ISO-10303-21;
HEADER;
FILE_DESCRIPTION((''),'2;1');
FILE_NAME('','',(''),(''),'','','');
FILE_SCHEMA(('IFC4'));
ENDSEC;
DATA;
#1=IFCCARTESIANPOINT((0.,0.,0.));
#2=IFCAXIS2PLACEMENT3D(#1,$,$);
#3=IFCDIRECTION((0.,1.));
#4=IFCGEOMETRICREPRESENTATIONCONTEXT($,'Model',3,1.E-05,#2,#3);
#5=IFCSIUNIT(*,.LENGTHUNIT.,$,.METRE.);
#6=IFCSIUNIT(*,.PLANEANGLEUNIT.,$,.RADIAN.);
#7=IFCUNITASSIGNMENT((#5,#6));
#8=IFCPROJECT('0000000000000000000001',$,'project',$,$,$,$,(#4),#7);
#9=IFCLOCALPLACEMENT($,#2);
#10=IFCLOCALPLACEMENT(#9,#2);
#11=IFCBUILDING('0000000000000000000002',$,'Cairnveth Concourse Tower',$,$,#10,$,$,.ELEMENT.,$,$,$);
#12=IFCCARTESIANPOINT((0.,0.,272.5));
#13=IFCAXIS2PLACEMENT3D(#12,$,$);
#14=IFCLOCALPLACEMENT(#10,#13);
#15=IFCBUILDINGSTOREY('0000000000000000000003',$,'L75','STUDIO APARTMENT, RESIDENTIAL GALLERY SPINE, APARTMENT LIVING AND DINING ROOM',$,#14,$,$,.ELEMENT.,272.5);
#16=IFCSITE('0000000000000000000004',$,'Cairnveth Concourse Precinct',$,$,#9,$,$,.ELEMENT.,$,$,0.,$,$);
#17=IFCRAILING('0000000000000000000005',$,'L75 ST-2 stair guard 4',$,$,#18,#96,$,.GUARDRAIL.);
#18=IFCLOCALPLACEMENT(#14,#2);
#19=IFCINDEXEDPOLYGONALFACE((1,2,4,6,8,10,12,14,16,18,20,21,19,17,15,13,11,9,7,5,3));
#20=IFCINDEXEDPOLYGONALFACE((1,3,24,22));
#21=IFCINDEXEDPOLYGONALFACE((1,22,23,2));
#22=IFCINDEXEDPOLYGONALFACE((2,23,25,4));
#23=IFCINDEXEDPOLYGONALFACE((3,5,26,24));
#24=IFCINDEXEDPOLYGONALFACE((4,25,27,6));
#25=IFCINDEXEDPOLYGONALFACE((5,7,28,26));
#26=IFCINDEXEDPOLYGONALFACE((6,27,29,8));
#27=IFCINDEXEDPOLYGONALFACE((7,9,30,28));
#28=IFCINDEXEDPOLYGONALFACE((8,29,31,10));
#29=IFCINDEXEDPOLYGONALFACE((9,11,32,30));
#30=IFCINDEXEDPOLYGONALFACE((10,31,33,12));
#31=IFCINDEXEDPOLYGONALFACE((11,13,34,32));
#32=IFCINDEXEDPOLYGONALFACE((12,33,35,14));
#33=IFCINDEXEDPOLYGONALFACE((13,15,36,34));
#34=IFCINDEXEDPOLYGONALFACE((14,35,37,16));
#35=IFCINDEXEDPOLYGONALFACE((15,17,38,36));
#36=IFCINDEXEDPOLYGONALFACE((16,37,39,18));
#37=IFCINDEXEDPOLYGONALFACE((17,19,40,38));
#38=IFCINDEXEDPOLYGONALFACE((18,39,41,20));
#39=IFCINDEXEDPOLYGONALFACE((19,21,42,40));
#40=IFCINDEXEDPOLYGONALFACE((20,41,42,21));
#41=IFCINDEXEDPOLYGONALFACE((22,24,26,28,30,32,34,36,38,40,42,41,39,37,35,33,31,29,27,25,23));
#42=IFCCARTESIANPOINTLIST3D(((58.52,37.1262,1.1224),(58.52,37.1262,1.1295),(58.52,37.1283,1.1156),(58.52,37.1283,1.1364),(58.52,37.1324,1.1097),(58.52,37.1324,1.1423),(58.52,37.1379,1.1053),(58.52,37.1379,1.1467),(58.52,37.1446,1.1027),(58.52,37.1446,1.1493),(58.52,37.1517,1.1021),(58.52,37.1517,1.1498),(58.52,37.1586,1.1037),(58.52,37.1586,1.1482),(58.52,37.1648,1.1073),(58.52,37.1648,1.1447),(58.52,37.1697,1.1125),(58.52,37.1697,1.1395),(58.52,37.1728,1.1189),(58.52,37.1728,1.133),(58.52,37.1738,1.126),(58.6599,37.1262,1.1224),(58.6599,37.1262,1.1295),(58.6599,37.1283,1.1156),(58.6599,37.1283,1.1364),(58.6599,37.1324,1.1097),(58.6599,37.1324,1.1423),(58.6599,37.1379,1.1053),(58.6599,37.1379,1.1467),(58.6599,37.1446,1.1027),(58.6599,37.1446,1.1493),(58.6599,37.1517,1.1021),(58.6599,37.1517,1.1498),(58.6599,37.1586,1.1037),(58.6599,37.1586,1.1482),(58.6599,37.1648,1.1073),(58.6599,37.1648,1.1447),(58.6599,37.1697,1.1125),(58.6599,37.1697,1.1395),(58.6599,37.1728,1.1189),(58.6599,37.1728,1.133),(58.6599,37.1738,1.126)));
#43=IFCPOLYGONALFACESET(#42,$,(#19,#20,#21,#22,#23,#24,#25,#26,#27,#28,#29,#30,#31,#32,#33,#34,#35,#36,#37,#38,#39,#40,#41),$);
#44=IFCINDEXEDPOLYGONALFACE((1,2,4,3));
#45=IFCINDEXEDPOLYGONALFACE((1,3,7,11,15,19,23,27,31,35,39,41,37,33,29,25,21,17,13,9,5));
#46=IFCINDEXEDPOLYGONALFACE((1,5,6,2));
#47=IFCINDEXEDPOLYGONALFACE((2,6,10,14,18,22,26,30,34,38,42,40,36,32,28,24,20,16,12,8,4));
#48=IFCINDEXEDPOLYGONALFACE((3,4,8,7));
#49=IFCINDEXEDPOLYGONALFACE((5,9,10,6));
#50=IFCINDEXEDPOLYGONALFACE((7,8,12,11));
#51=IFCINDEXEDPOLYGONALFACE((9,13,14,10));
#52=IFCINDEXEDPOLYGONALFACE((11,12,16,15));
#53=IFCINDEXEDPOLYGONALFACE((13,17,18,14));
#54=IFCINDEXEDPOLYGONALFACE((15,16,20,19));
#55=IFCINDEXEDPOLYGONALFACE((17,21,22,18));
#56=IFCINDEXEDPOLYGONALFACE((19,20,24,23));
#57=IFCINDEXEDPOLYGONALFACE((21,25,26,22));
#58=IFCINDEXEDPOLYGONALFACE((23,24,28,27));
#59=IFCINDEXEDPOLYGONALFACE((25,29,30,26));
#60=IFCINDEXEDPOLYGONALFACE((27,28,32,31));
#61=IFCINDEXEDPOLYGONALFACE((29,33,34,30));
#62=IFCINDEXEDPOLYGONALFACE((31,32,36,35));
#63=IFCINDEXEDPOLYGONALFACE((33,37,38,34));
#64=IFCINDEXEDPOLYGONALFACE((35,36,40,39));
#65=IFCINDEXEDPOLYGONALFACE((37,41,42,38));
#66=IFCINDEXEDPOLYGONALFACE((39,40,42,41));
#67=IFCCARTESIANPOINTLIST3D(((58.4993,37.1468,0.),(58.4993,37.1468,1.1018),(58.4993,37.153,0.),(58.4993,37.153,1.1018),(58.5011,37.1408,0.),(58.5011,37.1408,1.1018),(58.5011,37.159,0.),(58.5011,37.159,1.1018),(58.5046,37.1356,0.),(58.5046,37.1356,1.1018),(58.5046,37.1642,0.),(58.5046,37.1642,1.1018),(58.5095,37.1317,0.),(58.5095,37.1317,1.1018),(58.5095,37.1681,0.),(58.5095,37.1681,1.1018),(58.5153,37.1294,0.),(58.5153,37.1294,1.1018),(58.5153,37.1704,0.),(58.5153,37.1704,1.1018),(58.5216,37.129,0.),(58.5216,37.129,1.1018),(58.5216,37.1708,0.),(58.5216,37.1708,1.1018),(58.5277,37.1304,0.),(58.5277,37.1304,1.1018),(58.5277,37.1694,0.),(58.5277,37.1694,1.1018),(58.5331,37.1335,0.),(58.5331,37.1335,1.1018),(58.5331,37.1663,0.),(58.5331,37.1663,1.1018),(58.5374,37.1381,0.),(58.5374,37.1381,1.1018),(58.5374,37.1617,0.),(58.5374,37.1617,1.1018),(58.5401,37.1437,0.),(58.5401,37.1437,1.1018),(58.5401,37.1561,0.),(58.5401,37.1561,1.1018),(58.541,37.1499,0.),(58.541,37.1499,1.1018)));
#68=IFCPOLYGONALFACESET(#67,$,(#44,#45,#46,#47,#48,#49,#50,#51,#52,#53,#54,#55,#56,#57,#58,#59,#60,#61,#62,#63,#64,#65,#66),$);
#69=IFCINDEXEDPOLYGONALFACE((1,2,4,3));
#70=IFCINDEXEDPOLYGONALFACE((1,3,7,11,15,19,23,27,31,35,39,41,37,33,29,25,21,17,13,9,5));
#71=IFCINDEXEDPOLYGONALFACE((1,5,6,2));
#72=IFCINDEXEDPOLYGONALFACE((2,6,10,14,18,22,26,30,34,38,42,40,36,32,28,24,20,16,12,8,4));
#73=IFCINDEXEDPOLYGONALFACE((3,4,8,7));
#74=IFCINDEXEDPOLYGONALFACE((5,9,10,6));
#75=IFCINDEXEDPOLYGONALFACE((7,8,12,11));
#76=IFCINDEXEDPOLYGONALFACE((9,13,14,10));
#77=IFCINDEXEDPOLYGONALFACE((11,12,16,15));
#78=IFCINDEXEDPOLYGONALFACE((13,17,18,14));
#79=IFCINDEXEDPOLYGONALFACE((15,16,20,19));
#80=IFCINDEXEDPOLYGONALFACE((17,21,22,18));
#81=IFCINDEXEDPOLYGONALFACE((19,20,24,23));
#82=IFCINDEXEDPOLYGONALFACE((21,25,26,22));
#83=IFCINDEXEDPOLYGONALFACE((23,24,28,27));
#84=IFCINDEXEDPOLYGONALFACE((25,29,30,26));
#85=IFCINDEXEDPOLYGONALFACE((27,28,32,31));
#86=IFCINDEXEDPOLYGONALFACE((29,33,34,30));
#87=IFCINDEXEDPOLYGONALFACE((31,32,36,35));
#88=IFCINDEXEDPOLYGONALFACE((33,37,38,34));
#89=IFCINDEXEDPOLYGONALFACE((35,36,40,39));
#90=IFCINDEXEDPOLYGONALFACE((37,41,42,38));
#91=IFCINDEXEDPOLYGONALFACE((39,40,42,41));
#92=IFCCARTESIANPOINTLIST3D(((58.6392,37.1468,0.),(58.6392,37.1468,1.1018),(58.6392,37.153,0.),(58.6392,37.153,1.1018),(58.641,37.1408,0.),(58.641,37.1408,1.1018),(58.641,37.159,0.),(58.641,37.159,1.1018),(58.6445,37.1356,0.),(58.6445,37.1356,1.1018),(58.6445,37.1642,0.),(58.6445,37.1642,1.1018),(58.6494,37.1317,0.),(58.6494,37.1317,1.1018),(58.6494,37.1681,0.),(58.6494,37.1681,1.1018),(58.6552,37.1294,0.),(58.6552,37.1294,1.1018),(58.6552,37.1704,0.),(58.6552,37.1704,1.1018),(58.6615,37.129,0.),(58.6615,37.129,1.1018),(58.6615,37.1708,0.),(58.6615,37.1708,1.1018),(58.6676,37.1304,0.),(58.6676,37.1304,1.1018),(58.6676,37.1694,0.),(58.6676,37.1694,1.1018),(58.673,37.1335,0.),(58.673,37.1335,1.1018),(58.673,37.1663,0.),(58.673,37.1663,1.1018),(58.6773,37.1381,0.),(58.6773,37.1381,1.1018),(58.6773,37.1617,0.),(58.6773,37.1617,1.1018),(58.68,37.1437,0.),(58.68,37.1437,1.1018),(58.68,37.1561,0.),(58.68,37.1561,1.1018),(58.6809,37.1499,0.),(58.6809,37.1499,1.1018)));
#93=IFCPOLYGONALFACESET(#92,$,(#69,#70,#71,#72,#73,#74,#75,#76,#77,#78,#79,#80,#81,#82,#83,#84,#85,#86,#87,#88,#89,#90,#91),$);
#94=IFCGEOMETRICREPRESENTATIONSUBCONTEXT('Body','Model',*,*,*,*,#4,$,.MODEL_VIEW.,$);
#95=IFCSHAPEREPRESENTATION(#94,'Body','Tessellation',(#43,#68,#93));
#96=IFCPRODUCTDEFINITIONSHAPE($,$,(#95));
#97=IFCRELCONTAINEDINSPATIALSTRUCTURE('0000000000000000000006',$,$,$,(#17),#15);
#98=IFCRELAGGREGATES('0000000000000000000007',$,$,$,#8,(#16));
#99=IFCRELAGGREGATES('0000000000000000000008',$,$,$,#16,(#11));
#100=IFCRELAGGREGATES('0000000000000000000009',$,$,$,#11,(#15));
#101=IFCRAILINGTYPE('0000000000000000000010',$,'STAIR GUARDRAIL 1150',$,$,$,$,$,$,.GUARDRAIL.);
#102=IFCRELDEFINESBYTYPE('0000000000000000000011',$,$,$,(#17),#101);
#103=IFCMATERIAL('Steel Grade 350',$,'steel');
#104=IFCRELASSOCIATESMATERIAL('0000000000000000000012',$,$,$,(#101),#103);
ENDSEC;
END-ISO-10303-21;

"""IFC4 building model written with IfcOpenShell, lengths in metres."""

from ifc_helpers import new_model, si_unit, direction, frame, origin, origin_2d, place, context, subcontext, project, spatial, circle, extrude, material, type_object, element, save


model = new_model("IFC4")

# Units and contexts
model_context = context("Model", 3, precision=1e-05, world=origin(), true_north=direction((0.0, 1.0)))
body_context = subcontext(model_context, "Body", "Model", "MODEL_VIEW")
ifc_project = project(units=[si_unit("LENGTHUNIT", "METRE"), si_unit("PLANEANGLEUNIT", "RADIAN")], contexts=[model_context])

# Site, building, storey
site_placement = place(None, origin())
site = spatial("IfcSite", under=ifc_project, at=site_placement, Name="Cairnveth Concourse Precinct", CompositionType="ELEMENT", RefElevation=0.0)
building_placement = place(site_placement, origin())
building = spatial("IfcBuilding", under=site, at=building_placement, Name="Cairnveth Concourse Tower", CompositionType="ELEMENT")
storey_placement = place(building_placement, frame((0.0, 0.0, 272.5)))
storey = spatial("IfcBuildingStorey", under=building, at=storey_placement, Name="L75", Description="STUDIO APARTMENT, RESIDENTIAL GALLERY SPINE, APARTMENT LIVING AND DINING ROOM", CompositionType="ELEMENT", Elevation=272.5)

# Shared definitions
ifc_material_1 = material(Name="Steel Grade 350", Category="steel")

# Railing
railing_type_1 = type_object("IfcRailingType", Name="STAIR GUARDRAIL 1150", PredefinedType="GUARDRAIL", material=ifc_material_1)
railing_1_placement = place(storey_placement, frame((58.52, 37.1499, 0.0)))
element("IfcRailing", 1, at=railing_1_placement, inside=storey, type_object=railing_type_1, Name="L75 ST-2 stair guard 4", PredefinedType="GUARDRAIL", context=body_context, shape_type="SweptSolid", body=[
    extrude(circle(Radius=0.0239, at=origin_2d()), frame((0.0, 0.0, 1.126), z_axis=(1.0, 0.0, 0.0), x_axis=(0.0, 1.0, 0.0)), (0.0, 0.0, 1.0), 0.1399),
    extrude(circle(Radius=0.021, at=origin_2d()), origin(), (0.0, 0.0, 1.0), 1.1018),
    extrude(circle(Radius=0.021, at=origin_2d()), frame((0.1399, 0.0, 0.0)), (0.0, 0.0, 1.0), 1.1018),
])

save(model, "model.ifc")
